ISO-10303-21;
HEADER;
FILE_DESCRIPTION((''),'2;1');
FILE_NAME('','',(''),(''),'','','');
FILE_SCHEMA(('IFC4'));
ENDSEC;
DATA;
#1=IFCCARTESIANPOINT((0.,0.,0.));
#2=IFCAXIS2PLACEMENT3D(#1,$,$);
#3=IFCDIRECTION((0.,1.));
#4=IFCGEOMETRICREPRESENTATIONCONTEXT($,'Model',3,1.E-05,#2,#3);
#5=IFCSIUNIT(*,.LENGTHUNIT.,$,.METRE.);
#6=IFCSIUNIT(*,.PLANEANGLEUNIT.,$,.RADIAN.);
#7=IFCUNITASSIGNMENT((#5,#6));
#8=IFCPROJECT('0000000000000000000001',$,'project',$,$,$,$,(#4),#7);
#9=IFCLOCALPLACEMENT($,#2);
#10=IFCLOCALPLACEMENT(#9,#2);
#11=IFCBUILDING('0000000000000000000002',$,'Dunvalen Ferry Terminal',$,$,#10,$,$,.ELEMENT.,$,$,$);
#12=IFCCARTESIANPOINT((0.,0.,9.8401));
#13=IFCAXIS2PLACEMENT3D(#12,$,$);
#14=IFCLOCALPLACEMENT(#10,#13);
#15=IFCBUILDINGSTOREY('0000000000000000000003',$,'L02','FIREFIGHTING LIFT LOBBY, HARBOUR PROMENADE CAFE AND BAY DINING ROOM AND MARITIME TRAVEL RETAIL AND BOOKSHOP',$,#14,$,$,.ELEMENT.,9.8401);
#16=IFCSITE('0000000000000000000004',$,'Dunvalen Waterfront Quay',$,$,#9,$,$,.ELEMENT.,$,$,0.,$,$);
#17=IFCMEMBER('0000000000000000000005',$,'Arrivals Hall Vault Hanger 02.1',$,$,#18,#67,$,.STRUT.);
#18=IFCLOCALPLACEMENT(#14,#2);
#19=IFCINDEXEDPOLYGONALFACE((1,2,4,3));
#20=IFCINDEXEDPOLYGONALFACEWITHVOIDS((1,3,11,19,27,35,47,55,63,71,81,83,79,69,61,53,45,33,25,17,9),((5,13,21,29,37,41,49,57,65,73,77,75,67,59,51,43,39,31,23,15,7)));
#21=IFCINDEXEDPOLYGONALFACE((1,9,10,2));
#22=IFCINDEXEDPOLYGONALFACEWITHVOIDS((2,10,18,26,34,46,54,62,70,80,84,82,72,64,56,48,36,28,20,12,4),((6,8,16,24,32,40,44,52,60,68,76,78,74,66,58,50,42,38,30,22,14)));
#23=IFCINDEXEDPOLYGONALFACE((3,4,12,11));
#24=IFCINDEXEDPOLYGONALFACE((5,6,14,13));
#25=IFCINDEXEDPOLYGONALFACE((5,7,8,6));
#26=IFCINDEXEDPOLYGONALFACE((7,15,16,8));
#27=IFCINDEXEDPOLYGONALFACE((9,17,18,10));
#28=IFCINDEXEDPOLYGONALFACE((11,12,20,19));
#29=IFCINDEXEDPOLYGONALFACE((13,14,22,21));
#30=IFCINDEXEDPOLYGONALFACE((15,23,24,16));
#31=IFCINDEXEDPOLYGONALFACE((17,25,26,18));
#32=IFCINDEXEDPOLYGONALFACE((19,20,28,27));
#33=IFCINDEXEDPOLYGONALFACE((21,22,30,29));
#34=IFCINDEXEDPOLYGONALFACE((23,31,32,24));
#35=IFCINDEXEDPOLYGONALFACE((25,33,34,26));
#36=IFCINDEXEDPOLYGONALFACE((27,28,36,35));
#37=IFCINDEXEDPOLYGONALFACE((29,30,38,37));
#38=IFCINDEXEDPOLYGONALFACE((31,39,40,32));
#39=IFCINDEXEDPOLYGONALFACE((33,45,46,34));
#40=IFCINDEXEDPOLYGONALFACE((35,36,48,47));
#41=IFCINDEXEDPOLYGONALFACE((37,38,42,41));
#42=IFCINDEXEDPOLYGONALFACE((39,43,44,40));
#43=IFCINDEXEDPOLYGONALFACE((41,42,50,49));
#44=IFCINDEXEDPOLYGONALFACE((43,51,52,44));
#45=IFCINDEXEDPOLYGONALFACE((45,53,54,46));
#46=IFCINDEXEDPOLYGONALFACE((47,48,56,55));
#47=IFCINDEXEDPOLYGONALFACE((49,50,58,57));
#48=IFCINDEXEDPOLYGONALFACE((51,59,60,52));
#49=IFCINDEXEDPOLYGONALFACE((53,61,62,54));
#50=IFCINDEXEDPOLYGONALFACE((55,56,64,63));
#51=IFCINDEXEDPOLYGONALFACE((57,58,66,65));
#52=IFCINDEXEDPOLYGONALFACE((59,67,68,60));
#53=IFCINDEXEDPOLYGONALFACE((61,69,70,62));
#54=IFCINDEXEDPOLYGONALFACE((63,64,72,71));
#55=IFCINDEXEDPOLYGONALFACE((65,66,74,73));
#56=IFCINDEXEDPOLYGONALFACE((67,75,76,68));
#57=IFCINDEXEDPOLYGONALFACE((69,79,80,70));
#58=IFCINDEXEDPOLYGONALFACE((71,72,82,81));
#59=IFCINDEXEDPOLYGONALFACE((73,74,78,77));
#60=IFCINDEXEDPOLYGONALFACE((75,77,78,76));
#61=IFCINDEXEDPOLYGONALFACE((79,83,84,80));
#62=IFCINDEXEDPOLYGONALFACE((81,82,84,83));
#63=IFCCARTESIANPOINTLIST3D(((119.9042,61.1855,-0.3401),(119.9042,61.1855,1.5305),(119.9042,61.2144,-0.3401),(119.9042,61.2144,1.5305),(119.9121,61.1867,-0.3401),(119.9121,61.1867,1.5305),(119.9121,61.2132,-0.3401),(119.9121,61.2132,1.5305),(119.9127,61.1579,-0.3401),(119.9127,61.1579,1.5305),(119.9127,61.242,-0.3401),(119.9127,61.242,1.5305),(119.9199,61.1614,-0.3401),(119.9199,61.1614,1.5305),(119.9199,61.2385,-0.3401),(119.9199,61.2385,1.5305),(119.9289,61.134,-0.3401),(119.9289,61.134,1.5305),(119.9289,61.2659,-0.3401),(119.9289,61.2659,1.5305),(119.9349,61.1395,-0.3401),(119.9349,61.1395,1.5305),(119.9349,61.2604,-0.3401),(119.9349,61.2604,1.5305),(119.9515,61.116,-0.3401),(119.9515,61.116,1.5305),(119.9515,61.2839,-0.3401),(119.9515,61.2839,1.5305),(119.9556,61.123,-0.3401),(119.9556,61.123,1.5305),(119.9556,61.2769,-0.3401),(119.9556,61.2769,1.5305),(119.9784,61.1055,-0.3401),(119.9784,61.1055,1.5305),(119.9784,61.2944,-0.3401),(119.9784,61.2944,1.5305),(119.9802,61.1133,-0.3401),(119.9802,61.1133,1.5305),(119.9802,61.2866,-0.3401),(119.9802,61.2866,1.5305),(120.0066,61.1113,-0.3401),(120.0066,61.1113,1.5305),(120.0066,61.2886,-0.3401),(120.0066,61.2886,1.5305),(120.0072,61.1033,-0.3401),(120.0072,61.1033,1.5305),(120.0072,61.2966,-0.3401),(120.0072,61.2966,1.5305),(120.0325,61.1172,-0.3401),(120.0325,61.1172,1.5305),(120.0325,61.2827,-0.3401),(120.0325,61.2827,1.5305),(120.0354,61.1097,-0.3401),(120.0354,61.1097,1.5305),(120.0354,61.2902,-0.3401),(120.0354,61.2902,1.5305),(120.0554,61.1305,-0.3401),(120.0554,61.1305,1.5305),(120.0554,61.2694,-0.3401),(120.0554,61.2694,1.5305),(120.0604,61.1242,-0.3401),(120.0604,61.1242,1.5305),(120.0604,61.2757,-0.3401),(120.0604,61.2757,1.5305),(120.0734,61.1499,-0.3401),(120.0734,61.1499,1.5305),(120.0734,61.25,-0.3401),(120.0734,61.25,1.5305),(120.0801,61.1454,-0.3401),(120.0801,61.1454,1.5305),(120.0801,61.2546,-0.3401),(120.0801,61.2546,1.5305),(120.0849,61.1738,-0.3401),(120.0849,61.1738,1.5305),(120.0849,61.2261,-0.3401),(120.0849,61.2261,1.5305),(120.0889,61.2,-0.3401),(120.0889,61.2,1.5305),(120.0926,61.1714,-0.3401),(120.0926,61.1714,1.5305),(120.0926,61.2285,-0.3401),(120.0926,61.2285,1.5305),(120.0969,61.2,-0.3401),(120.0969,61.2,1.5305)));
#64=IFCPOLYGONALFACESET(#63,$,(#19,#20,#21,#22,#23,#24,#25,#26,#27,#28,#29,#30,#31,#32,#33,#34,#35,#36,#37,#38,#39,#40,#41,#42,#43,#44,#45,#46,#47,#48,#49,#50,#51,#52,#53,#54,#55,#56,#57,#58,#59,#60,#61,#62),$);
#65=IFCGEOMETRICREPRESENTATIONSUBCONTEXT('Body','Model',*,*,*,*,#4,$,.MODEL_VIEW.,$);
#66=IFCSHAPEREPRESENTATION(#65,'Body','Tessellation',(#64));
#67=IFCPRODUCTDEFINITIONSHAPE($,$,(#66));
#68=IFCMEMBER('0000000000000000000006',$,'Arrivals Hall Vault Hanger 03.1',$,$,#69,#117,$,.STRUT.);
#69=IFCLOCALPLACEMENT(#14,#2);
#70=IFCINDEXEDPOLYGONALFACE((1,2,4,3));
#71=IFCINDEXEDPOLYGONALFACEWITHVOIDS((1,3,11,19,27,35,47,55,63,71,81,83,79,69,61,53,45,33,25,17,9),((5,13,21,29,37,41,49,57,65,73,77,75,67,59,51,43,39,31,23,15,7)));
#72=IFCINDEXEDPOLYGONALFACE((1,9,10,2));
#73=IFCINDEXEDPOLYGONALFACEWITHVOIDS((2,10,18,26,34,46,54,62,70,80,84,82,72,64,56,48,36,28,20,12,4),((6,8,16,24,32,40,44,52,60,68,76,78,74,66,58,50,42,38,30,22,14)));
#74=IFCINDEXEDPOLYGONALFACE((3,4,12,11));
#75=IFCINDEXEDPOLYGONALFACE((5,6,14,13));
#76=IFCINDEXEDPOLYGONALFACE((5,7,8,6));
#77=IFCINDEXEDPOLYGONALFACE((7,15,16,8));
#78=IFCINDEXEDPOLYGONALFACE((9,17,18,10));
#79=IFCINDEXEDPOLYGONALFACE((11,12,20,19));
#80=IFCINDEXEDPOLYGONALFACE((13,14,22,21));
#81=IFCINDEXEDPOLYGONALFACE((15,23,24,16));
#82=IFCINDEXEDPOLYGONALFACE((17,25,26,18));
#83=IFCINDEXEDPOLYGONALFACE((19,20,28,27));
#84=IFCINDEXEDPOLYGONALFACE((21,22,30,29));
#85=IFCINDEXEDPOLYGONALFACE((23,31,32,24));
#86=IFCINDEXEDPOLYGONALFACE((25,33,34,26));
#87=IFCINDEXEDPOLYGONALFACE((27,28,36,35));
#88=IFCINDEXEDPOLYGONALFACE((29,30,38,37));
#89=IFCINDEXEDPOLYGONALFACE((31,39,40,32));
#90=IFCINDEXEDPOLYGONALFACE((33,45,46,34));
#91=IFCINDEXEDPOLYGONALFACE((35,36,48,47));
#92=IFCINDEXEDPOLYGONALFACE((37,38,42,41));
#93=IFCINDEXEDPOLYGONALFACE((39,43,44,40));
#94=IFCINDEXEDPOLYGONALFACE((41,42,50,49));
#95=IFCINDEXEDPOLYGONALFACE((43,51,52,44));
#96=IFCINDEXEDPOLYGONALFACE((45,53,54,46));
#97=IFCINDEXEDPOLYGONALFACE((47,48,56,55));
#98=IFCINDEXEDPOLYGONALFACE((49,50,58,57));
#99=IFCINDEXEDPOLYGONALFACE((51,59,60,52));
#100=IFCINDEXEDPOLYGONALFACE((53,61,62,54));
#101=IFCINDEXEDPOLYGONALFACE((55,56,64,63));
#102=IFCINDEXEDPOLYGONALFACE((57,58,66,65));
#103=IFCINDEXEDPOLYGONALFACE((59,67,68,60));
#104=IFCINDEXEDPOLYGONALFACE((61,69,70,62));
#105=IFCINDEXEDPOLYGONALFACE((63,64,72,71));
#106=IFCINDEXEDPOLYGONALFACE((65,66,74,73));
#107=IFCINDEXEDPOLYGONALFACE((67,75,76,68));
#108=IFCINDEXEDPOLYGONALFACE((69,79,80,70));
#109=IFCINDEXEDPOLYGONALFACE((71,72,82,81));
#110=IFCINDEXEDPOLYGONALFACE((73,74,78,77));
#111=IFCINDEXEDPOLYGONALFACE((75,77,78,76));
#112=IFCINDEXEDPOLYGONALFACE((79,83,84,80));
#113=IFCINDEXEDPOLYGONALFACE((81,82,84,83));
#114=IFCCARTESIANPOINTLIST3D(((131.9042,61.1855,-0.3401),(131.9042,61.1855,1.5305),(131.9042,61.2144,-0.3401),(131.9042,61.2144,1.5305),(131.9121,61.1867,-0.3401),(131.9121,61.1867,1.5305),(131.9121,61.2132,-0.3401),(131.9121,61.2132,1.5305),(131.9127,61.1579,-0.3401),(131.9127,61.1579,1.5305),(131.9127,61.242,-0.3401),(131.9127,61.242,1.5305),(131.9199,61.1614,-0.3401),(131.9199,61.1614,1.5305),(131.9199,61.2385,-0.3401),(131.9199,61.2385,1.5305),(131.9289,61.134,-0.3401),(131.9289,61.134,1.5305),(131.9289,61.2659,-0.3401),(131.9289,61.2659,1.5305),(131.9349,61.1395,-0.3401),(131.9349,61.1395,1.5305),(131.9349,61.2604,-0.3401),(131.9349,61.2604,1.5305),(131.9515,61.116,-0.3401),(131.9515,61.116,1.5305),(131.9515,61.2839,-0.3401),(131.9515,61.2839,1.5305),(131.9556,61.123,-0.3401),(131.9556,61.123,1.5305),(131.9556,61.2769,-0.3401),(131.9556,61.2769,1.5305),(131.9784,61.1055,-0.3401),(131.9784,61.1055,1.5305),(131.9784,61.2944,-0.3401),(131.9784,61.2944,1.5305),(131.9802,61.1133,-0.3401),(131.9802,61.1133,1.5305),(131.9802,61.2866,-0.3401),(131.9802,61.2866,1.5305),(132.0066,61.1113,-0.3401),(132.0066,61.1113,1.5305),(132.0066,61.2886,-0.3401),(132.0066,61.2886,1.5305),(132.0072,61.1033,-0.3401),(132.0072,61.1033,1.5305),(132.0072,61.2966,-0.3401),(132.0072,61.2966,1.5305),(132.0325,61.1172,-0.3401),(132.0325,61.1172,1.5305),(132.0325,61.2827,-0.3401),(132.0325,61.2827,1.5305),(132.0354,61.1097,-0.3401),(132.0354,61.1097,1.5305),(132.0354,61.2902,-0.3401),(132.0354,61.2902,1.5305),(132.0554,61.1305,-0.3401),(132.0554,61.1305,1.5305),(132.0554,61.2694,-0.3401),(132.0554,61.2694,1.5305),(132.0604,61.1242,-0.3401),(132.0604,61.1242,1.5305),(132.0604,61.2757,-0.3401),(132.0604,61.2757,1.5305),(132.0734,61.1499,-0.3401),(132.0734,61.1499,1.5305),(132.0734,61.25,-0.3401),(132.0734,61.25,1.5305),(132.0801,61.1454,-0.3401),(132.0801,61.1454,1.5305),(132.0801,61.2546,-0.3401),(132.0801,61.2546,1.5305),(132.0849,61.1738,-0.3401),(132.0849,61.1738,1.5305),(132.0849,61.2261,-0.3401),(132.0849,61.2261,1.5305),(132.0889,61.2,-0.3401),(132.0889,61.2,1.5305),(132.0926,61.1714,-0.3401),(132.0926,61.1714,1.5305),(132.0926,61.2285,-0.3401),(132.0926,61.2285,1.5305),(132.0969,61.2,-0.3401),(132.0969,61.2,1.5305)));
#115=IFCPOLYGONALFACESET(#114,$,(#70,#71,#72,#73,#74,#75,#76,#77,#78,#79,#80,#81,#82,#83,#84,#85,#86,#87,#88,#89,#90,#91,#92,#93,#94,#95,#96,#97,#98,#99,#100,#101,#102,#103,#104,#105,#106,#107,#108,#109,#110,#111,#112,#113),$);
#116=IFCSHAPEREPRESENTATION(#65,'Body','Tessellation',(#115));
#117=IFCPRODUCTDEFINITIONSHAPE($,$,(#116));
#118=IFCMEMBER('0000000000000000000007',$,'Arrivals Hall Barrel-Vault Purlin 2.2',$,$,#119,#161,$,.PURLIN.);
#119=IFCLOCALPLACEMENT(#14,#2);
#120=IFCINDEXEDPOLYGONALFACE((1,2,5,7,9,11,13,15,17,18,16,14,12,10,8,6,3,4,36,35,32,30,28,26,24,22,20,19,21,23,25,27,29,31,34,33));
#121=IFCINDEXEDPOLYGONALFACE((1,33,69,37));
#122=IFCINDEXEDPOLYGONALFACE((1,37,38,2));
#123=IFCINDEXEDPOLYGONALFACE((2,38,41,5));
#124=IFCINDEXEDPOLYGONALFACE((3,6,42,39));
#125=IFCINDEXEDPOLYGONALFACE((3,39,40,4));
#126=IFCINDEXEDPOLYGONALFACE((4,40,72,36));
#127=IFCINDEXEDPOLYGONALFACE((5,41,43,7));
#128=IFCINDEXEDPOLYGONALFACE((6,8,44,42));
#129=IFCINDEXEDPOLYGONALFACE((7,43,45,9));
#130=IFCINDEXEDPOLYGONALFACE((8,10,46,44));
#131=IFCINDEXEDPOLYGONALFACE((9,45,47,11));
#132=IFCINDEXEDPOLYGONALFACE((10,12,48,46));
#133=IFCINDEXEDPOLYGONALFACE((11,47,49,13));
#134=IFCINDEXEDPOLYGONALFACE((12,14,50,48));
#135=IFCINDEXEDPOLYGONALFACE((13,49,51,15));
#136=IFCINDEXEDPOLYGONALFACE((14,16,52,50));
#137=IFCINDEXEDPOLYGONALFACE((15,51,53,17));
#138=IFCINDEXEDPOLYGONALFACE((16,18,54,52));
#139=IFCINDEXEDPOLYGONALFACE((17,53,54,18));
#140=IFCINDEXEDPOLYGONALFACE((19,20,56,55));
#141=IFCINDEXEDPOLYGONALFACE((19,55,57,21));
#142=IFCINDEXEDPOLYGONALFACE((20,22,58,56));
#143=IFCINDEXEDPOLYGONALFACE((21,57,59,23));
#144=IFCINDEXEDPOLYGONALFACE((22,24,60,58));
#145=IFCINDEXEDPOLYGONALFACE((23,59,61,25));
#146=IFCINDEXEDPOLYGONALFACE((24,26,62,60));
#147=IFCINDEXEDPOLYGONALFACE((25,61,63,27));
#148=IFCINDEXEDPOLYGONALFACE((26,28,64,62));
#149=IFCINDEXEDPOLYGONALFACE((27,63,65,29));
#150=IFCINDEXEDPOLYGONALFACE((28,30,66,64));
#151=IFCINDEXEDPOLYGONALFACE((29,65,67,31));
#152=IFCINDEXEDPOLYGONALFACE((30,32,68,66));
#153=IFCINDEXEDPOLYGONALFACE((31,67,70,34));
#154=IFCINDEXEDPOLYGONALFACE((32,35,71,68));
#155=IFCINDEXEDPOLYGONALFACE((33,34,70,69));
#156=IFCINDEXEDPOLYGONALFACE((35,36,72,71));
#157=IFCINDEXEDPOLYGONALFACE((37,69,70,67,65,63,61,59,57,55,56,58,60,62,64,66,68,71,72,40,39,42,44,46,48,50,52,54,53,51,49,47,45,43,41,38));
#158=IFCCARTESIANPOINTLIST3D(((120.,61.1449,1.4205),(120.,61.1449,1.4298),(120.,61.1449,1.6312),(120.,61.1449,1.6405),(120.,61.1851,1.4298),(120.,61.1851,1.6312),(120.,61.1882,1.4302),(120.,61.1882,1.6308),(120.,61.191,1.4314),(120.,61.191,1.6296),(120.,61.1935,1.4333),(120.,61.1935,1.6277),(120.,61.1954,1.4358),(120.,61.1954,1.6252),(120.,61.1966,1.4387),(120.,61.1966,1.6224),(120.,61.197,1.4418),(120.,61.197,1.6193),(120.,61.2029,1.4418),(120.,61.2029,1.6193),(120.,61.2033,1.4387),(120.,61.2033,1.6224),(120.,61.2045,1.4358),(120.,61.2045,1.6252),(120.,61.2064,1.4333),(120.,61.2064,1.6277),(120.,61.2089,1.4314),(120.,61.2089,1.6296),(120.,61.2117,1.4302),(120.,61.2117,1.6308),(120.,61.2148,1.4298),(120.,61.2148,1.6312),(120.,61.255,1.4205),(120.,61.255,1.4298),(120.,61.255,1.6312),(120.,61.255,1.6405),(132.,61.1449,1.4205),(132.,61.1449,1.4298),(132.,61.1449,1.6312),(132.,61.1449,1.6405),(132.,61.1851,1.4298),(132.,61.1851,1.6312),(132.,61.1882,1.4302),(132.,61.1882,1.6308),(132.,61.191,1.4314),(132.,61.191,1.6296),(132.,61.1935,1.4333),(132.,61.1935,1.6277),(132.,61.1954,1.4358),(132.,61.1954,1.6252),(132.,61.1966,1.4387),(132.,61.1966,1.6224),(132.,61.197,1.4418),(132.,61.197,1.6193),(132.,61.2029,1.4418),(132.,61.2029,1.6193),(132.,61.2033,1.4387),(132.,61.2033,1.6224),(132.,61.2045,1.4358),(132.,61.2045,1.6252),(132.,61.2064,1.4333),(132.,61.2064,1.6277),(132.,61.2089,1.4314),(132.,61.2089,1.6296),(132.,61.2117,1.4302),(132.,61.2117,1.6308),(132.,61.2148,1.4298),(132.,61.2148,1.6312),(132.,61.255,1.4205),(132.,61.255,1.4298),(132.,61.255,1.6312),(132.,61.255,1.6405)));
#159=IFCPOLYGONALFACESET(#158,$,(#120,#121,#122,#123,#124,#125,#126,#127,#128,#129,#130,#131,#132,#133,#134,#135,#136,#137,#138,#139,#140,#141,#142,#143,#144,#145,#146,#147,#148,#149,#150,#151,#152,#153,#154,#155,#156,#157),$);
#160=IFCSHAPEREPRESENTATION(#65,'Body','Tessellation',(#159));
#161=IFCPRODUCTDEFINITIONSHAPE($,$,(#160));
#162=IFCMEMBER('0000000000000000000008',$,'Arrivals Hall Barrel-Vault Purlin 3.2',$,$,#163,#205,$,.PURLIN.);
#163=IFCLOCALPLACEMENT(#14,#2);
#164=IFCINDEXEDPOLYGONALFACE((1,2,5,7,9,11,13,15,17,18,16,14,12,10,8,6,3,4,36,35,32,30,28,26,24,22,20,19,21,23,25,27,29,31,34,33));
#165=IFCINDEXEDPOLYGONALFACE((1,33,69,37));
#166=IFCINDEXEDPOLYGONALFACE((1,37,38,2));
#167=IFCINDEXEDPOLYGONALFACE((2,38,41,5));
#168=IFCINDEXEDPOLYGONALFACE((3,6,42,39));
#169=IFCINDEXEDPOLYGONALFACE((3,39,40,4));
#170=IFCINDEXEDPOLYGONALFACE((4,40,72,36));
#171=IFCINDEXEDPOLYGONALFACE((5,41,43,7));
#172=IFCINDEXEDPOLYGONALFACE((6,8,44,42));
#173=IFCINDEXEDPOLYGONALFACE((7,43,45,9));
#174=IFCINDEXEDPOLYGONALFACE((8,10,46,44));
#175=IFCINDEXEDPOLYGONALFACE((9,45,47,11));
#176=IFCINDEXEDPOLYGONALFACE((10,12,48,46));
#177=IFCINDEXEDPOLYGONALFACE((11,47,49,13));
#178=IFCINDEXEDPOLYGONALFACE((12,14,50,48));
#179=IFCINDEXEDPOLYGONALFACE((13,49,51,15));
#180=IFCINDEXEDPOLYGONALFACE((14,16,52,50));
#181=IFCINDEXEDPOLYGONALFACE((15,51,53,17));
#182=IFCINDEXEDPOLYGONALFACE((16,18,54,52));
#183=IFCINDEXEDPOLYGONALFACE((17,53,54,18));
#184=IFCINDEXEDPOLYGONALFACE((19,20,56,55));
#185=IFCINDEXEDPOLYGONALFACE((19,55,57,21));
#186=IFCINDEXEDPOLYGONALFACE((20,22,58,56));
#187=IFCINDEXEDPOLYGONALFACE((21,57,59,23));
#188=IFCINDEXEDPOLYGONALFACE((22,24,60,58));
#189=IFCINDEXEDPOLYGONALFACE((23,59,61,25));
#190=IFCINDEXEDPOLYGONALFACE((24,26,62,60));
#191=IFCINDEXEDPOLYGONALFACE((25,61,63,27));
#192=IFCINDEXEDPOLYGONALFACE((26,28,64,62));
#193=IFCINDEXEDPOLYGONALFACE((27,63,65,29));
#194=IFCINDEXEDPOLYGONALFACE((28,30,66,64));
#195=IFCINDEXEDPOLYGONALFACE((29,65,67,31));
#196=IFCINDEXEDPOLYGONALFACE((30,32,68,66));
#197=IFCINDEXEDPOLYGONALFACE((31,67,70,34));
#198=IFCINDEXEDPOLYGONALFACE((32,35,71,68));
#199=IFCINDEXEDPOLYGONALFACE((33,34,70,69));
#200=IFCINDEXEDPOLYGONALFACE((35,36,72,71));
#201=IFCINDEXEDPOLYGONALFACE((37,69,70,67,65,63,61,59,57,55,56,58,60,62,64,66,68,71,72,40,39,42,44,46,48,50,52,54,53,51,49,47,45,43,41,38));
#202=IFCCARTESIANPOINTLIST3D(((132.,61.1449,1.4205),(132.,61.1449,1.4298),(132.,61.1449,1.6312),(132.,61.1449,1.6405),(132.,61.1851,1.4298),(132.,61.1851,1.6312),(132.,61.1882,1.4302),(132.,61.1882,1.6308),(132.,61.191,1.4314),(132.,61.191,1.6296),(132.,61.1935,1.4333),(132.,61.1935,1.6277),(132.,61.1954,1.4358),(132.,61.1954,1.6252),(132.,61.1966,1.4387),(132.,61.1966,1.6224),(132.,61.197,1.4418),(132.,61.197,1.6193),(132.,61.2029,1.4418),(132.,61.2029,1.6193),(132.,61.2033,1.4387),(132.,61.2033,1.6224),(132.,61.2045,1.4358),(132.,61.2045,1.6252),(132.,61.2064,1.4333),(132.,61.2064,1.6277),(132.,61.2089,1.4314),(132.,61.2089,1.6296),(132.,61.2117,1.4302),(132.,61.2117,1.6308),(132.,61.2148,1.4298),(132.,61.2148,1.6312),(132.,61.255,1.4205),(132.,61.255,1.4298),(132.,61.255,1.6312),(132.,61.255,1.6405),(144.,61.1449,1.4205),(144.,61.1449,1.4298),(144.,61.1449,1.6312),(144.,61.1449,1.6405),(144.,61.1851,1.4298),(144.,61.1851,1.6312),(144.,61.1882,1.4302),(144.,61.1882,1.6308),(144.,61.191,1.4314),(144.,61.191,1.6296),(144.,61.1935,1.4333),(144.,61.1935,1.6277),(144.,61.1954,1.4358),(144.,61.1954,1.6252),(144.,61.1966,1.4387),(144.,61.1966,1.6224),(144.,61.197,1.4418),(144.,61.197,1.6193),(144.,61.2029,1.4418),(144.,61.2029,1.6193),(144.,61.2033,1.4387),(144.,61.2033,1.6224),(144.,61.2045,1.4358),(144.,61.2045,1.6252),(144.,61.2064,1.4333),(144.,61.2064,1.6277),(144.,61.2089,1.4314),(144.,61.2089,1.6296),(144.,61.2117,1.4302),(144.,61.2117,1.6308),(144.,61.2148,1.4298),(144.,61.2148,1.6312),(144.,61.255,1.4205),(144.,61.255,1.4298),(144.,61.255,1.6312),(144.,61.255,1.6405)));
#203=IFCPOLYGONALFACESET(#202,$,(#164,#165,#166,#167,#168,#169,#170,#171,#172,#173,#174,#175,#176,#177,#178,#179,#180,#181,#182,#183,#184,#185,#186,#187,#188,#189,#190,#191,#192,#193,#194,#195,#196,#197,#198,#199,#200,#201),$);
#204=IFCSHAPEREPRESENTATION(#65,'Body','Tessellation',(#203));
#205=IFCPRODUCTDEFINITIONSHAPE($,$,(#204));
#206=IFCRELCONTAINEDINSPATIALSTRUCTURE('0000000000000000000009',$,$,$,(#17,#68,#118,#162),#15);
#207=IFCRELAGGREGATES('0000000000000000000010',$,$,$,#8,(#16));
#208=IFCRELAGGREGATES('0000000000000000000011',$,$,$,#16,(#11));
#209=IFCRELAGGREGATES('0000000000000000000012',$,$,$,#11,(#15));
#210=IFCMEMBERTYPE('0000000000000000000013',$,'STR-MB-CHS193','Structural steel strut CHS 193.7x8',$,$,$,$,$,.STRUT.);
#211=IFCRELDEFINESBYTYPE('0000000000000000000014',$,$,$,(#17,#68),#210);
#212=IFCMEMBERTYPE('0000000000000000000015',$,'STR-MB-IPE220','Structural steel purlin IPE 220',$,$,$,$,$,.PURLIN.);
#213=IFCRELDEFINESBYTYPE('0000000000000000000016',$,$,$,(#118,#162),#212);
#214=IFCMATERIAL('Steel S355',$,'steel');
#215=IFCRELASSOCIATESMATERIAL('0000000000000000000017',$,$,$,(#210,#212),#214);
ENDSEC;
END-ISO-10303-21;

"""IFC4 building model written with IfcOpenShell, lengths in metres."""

from ifc_helpers import new_model, si_unit, direction, frame, origin, origin_2d, place, context, subcontext, project, spatial, hollow_circle, i_section, extrude, material, material_profile, profile_set, type_object, element, save


model = new_model("IFC4")

# Units and contexts
model_context = context("Model", 3, precision=1e-05, world=origin(), true_north=direction((0.0, 1.0)))
body_context = subcontext(model_context, "Body", "Model", "MODEL_VIEW")
ifc_project = project(units=[si_unit("LENGTHUNIT", "METRE"), si_unit("PLANEANGLEUNIT", "RADIAN")], contexts=[model_context])

# Site, building, storey
site_placement = place(None, origin())
site = spatial("IfcSite", under=ifc_project, at=site_placement, Name="Dunvalen Waterfront Quay", CompositionType="ELEMENT", RefElevation=0.0)
building_placement = place(site_placement, origin())
building = spatial("IfcBuilding", under=site, at=building_placement, Name="Dunvalen Ferry Terminal", CompositionType="ELEMENT")
storey_placement = place(building_placement, frame((0.0, 0.0, 9.8401)))
storey = spatial("IfcBuildingStorey", under=building, at=storey_placement, Name="L02", Description="FIREFIGHTING LIFT LOBBY, HARBOUR PROMENADE CAFE AND BAY DINING ROOM AND MARITIME TRAVEL RETAIL AND BOOKSHOP", CompositionType="ELEMENT", Elevation=9.8401)

# Shared definitions
ifc_material_1 = material(Name="Steel S355", Category="steel")

# Members
ifc_material_profile_1 = material_profile(ifc_material_1, hollow_circle(Radius=0.0969, WallThickness=0.0081, at=origin_2d()), Name="Steel S355")
ifc_profile_set_1 = profile_set([ifc_material_profile_1], Name="Steel S355")
member_type_1 = type_object("IfcMemberType", Name="STR-MB-CHS193", Description="Structural steel strut CHS 193.7x8", PredefinedType="STRUT", material=ifc_profile_set_1)
for number, where, z_axis, x_axis, name in (
    (1, (120.0, 61.2, -0.3401), (0.0, 0.0, 1.0), (1.0, 0.0, 0.0), "Arrivals Hall Vault Hanger 02.1"),
    (2, (132.0, 61.2, -0.3401), (0.0, 0.0, 1.0), (1.0, 0.0, 0.0), "Arrivals Hall Vault Hanger 03.1"),
):
    element("IfcMember", number, at=place(storey_placement, frame(where, z_axis=z_axis, x_axis=x_axis)), inside=storey, type_object=member_type_1, Name=name, PredefinedType="STRUT", context=body_context, shape_type="SweptSolid", body=[
        extrude(hollow_circle(Radius=0.0969, WallThickness=0.0081, at=origin_2d()), origin(), (0.0, 0.0, 1.0), 1.8706),
    ])
ifc_material_profile_2 = material_profile(ifc_material_1, i_section(OverallWidth=0.1101, OverallDepth=0.22, WebThickness=0.0059, FlangeThickness=0.0093, FilletRadius=0.012, at=origin_2d()), Name="Steel S355")
ifc_profile_set_2 = profile_set([ifc_material_profile_2], Name="Steel S355")
member_type_2 = type_object("IfcMemberType", Name="STR-MB-IPE220", Description="Structural steel purlin IPE 220", PredefinedType="PURLIN", material=ifc_profile_set_2)
for number, where, z_axis, x_axis, name in (
    (3, (120.0, 61.2, 1.5305), (1.0, 0.0, 0.0), (0.0, 1.0, 0.0), "Arrivals Hall Barrel-Vault Purlin 2.2"),
    (4, (132.0, 61.2, 1.5305), (1.0, 0.0, 0.0), (0.0, 1.0, 0.0), "Arrivals Hall Barrel-Vault Purlin 3.2"),
):
    element("IfcMember", number, at=place(storey_placement, frame(where, z_axis=z_axis, x_axis=x_axis)), inside=storey, type_object=member_type_2, Name=name, PredefinedType="PURLIN", context=body_context, shape_type="SweptSolid", body=[
        extrude(i_section(OverallWidth=0.1101, OverallDepth=0.22, WebThickness=0.0059, FlangeThickness=0.0093, FilletRadius=0.012, at=origin_2d()), origin(), (0.0, 0.0, 1.0), 12.0),
    ])

save(model, "model.ifc")
